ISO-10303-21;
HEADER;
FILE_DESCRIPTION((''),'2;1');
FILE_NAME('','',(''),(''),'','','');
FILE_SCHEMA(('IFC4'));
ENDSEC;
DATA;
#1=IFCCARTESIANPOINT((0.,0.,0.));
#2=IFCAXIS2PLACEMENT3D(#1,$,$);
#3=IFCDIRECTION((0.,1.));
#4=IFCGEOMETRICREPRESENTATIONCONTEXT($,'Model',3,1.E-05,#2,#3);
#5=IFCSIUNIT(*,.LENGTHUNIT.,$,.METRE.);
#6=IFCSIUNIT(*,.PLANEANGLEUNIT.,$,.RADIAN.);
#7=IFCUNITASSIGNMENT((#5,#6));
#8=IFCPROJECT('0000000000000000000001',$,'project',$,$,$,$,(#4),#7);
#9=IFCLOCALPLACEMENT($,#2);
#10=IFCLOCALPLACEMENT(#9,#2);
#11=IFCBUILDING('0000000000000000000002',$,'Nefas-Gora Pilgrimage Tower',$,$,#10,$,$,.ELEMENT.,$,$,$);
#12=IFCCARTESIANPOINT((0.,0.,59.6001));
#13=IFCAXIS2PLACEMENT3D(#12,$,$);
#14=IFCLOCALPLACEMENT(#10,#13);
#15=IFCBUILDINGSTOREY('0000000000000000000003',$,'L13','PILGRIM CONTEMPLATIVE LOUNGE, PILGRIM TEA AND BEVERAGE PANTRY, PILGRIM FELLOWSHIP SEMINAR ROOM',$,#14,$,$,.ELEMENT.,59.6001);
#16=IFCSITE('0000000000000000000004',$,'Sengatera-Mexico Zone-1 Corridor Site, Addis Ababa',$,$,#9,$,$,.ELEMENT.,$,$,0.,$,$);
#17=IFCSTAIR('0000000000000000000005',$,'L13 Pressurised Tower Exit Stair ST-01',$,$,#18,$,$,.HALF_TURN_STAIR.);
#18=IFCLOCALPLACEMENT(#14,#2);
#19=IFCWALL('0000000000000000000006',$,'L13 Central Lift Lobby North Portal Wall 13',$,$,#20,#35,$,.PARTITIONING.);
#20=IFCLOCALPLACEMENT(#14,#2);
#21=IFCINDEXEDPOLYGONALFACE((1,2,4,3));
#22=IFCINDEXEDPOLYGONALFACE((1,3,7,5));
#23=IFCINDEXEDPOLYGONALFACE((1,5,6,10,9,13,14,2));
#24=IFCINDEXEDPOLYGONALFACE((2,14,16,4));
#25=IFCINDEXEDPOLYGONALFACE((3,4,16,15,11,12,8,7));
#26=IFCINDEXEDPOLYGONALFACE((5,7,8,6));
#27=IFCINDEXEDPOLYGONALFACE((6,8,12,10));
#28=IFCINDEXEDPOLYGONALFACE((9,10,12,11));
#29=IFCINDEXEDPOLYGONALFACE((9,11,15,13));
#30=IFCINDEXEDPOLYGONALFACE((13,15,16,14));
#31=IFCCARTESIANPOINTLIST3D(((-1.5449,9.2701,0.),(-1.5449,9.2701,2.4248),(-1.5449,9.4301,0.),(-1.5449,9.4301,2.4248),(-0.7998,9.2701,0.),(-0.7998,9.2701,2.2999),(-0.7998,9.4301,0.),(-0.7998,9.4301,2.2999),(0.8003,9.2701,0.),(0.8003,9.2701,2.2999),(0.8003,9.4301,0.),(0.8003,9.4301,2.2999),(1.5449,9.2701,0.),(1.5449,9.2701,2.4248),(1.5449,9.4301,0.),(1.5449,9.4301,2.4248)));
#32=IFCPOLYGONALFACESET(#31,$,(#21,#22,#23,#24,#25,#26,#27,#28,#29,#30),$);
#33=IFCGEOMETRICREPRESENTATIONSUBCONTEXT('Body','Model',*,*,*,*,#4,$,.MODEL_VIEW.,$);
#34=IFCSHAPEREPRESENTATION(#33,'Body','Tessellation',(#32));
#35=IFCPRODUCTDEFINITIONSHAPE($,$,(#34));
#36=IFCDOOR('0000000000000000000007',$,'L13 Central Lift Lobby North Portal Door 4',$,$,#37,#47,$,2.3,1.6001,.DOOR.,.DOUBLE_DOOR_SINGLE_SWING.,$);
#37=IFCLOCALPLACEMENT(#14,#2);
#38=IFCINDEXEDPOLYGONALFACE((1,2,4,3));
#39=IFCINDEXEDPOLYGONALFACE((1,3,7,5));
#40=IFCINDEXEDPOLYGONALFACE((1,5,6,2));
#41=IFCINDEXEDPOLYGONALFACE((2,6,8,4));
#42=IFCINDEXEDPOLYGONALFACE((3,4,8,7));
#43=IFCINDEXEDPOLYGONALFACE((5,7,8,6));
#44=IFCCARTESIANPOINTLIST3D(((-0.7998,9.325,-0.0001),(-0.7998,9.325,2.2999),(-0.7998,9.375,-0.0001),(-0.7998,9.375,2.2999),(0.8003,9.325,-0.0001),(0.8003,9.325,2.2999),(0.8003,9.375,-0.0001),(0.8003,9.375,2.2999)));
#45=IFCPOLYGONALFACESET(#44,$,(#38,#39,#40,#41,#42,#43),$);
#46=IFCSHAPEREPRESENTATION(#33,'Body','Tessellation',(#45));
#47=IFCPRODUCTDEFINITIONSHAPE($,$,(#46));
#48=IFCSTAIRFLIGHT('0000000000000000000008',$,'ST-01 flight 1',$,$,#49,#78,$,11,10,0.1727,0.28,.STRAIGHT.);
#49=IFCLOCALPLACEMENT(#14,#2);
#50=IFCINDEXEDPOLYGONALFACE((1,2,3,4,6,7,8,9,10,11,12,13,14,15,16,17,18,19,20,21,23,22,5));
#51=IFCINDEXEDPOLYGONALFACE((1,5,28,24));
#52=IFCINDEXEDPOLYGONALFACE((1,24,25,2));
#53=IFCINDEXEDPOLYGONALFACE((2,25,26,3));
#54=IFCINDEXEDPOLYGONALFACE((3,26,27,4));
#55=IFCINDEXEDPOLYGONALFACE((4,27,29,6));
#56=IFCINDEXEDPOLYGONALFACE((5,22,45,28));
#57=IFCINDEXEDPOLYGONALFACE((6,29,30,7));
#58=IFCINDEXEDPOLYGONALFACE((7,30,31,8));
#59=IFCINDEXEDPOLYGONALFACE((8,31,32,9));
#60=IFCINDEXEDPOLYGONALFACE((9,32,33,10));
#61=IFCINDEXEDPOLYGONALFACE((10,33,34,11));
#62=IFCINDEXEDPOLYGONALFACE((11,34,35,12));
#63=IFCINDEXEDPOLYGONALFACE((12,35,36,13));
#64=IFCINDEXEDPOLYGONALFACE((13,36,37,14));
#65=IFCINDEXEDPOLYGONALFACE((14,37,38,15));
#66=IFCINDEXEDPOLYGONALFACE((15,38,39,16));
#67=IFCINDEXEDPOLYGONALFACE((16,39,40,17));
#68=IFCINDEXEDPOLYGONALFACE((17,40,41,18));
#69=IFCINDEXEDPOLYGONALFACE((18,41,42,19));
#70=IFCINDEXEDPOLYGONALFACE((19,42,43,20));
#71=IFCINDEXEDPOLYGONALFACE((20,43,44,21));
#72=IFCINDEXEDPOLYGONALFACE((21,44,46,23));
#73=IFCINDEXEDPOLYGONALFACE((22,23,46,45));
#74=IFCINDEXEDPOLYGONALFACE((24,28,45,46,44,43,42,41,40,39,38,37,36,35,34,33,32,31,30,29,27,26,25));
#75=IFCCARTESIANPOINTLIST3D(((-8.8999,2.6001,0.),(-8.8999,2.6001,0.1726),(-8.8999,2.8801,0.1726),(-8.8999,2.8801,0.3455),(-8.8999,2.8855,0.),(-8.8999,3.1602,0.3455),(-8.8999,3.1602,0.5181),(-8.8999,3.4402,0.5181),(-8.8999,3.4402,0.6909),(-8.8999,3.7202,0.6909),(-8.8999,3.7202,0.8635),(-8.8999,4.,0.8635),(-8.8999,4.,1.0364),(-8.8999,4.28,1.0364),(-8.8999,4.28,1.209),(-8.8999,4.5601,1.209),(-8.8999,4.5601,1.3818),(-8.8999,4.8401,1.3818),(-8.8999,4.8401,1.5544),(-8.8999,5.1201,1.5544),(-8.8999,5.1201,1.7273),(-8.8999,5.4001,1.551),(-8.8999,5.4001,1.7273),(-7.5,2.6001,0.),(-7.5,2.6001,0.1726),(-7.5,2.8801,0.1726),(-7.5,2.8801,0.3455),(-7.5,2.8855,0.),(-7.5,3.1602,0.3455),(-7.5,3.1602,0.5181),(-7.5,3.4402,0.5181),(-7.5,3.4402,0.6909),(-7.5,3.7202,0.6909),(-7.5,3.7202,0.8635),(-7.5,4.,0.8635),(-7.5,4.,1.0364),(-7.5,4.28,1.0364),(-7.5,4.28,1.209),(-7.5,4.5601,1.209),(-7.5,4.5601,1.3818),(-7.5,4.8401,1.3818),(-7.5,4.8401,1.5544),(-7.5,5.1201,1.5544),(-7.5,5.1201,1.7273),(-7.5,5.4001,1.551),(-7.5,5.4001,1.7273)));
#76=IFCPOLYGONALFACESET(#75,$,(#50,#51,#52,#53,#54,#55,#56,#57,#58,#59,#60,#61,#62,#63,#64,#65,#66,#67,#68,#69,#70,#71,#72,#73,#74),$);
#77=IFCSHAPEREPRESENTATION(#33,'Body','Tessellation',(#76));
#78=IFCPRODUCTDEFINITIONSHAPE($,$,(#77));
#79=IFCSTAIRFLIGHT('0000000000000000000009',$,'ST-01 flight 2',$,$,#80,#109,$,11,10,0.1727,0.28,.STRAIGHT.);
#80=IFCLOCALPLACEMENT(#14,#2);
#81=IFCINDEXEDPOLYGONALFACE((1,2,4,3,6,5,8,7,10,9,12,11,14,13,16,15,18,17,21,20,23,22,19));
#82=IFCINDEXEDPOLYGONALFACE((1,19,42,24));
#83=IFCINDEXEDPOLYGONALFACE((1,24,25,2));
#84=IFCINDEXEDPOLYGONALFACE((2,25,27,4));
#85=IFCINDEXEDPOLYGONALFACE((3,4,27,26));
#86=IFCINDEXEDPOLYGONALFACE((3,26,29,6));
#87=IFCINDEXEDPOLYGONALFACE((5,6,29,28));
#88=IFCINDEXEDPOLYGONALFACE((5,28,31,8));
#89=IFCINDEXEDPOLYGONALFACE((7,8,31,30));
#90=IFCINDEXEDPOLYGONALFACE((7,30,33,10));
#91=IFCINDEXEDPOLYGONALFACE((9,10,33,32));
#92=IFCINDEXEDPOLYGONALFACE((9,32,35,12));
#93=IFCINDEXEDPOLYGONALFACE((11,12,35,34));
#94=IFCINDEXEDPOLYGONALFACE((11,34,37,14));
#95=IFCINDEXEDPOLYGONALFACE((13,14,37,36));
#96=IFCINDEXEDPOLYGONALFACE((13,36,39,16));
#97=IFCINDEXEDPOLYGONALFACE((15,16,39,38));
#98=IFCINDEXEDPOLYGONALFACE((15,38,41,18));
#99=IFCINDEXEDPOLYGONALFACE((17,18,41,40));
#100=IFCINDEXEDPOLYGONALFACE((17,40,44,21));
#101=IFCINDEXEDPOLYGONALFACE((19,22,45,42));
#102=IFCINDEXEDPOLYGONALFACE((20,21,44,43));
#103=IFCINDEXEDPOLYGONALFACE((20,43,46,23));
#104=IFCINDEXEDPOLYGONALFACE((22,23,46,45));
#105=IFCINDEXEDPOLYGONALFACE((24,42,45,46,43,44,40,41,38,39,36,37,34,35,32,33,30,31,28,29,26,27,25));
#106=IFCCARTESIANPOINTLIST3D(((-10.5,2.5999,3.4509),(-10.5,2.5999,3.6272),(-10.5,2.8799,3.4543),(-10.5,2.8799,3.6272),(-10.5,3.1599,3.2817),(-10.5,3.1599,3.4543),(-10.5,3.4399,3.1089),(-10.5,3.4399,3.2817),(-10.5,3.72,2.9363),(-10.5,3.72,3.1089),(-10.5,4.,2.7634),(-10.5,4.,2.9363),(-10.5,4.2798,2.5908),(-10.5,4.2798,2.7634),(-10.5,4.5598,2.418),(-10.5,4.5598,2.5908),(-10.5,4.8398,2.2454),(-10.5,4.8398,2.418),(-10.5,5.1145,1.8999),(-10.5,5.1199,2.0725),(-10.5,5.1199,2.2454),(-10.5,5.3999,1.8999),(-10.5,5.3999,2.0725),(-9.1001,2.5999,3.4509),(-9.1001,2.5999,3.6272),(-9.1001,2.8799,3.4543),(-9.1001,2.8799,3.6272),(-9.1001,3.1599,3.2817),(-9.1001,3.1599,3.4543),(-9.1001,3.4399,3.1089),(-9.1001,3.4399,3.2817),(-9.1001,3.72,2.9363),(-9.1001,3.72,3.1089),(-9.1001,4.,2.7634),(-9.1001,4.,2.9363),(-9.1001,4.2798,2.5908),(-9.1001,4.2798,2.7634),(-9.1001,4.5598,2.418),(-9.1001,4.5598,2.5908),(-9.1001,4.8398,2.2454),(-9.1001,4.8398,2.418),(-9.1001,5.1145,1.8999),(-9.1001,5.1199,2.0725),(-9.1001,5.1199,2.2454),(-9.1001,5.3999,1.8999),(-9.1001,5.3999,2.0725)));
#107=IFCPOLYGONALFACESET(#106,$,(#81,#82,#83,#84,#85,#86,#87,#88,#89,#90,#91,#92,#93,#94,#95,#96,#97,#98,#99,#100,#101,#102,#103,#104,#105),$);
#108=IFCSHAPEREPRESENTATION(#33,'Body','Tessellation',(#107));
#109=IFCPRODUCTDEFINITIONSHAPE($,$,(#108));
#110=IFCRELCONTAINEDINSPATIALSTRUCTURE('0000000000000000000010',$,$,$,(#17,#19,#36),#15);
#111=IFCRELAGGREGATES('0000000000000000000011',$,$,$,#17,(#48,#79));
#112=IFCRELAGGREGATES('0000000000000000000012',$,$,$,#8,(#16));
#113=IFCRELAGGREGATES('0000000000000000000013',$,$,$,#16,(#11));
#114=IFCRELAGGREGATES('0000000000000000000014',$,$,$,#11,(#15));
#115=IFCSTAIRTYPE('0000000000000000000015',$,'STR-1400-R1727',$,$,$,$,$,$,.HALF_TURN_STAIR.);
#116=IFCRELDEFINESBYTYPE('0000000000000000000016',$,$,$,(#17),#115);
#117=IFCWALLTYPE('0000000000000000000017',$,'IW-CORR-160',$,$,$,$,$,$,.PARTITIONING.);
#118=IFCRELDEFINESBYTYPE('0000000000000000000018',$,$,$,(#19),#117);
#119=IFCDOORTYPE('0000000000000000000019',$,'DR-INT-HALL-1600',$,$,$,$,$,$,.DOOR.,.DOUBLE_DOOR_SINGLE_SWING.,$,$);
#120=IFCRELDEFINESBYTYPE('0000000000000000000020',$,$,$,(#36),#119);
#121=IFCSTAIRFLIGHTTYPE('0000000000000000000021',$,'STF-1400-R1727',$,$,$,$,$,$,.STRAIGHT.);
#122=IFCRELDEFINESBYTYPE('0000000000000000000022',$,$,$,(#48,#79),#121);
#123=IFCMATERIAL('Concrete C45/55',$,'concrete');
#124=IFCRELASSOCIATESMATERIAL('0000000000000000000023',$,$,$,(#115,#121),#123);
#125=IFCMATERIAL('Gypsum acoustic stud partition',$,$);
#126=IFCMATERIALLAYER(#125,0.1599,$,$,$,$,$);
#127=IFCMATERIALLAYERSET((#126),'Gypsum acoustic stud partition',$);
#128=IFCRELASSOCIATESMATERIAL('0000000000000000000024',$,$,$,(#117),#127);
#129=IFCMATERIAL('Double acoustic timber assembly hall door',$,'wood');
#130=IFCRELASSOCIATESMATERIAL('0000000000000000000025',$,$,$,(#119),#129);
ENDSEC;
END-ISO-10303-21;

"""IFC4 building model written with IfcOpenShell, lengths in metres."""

from ifc_helpers import new_model, si_unit, direction, frame, frame_2d, origin, place, context, subcontext, project, spatial, polyline, rectangle, outline, extrude, source, transform, mapped, material, layer, layer_set, type_object, element, fill, aggregate, save


model = new_model("IFC4")

# Units and contexts
model_context = context("Model", 3, precision=1e-05, world=origin(), true_north=direction((0.0, 1.0)))
body_context = subcontext(model_context, "Body", "Model", "MODEL_VIEW")
ifc_project = project(units=[si_unit("LENGTHUNIT", "METRE"), si_unit("PLANEANGLEUNIT", "RADIAN")], contexts=[model_context])

# Site, building, storey
site_placement = place(None, origin())
site = spatial("IfcSite", under=ifc_project, at=site_placement, Name="Sengatera-Mexico Zone-1 Corridor Site, Addis Ababa", CompositionType="ELEMENT", RefElevation=0.0)
building_placement = place(site_placement, origin())
building = spatial("IfcBuilding", under=site, at=building_placement, Name="Nefas-Gora Pilgrimage Tower", CompositionType="ELEMENT")
storey_placement = place(building_placement, frame((0.0, 0.0, 59.6001)))
storey = spatial("IfcBuildingStorey", under=building, at=storey_placement, Name="L13", Description="PILGRIM CONTEMPLATIVE LOUNGE, PILGRIM TEA AND BEVERAGE PANTRY, PILGRIM FELLOWSHIP SEMINAR ROOM", CompositionType="ELEMENT", Elevation=59.6001)

# Stair
ifc_material_1 = material(Name="Concrete C45/55", Category="concrete")
stair_type = type_object("IfcStairType", Name="STR-1400-R1727", PredefinedType="HALF_TURN_STAIR", material=ifc_material_1)
stair_1_placement = place(storey_placement, origin())
stair_1 = element("IfcStair", 1, at=stair_1_placement, inside=storey, type_object=stair_type, Name="L13 Pressurised Tower Exit Stair ST-01", PredefinedType="HALF_TURN_STAIR")

# Shared definitions
ifc_material_2 = material(Name="Gypsum acoustic stud partition")
ifc_layer_1 = layer(ifc_material_2, 0.1599)
ifc_layer_set_1 = layer_set([ifc_layer_1], Name="Gypsum acoustic stud partition")
wall_type_1 = type_object("IfcWallType", Name="IW-CORR-160", PredefinedType="PARTITIONING", material=ifc_layer_set_1)

# Wall, opening, door
shared_shape_1 = source(origin(), body_context, "Body", "SweptSolid", [
    extrude(rectangle(XDim=3.0898, YDim=0.1599, at=frame_2d((1.5449, 0.0))), origin(), (0.0, 0.0, 1.0), 2.4248),
])
wall_1_placement = place(storey_placement, frame((-1.5449, 9.3501, 0.0), z_axis=(0.0, 0.0, 1.0), x_axis=(1.0, 0.0, 0.0)))
wall_1 = element("IfcWall", 2, at=wall_1_placement, inside=storey, type_object=wall_type_1, Name="L13 Central Lift Lobby North Portal Wall 13", PredefinedType="PARTITIONING", context=body_context, shape_type="MappedRepresentation", body=[
    mapped(shared_shape_1, transform((0.0, 0.0, 0.0), x_axis=(1.0, 0.0, 0.0), y_axis=(0.0, 1.0, 0.0), z_axis=(0.0, 0.0, 1.0), scale=1.0)),
])
opening_1_placement = place(wall_1_placement, frame((0.7451, 0.0, 0.0)))
opening_1 = element("IfcOpeningElement", 3, at=opening_1_placement, cuts=wall_1, PredefinedType="OPENING", context=body_context, shape_type="SweptSolid", body=[
    extrude(rectangle(XDim=1.6001, YDim=2.3, at=frame_2d((0.8, 1.1499))), frame((0.0, 0.0898, 0.0), z_axis=(0.0, -1.0, 0.0), x_axis=(1.0, 0.0, 0.0)), (0.0, 0.0, 1.0), 0.1799),
])
ifc_material_3 = material(Name="Double acoustic timber assembly hall door", Category="wood")
door_type_1 = type_object("IfcDoorType", Name="DR-INT-HALL-1600", OperationType="DOUBLE_DOOR_SINGLE_SWING", PredefinedType="DOOR", material=ifc_material_3)
shared_shape_2 = source(origin(), body_context, "Body", "SweptSolid", [
    extrude(rectangle(XDim=1.6001, YDim=2.3, at=frame_2d((0.8, 1.1499))), frame((0.0, 0.0249, 0.0), z_axis=(0.0, -1.0, 0.0), x_axis=(1.0, 0.0, 0.0)), (0.0, 0.0, 1.0), 0.05),
])
door_1_placement = place(opening_1_placement, origin())
door_1 = element("IfcDoor", 4, at=door_1_placement, inside=storey, type_object=door_type_1, Name="L13 Central Lift Lobby North Portal Door 4", OperationType="DOUBLE_DOOR_SINGLE_SWING", OverallHeight=2.3, OverallWidth=1.6001, PredefinedType="DOOR", context=body_context, shape_type="MappedRepresentation", body=[
    mapped(shared_shape_2, transform((0.0, 0.0, 0.0), x_axis=(1.0, 0.0, 0.0), y_axis=(0.0, 1.0, 0.0), z_axis=(0.0, 0.0, 1.0), scale=1.0)),
])
fill(opening_1, door_1)

# Stair flights
stair_flight_type = type_object("IfcStairFlightType", Name="STF-1400-R1727", PredefinedType="STRAIGHT", material=ifc_material_1)
shared_shape_3 = source(origin(), body_context, "Body", "SweptSolid", [
    extrude(outline(polyline([(0.0, 0.0), (0.0, 0.1726), (0.28, 0.1726), (0.28, 0.3455), (0.5601, 0.3455), (0.5601, 0.5181), (0.8401, 0.5181), (0.8401, 0.6909), (1.1201, 0.6909), (1.1201, 0.8635), (1.3999, 0.8635), (1.3999, 1.0364), (1.6799, 1.0364), (1.6799, 1.209), (1.96, 1.209), (1.96, 1.3818), (2.24, 1.3818), (2.24, 1.5544), (2.52, 1.5544), (2.52, 1.7273), (2.8, 1.7273), (2.8, 1.8999), (2.8, 1.551), (0.2854, 0.0), (0.0, 0.0)])), frame((0.0, 0.7, 0.0), z_axis=(0.0, -1.0, 0.0), x_axis=(1.0, 0.0, 0.0)), (0.0, 0.0, 1.0), 1.3999),
])
stair_flight_1_placement = place(storey_placement, frame((-8.2, 2.6001, 0.0), z_axis=(0.0, 0.0, 1.0), x_axis=(0.0, 1.0, 0.0)))
stair_flight_1 = element("IfcStairFlight", 5, at=stair_flight_1_placement, type_object=stair_flight_type, Name="ST-01 flight 1", NumberOfRisers=11, NumberOfTreads=10, PredefinedType="STRAIGHT", RiserHeight=0.1727, TreadLength=0.28, context=body_context, shape_type="MappedRepresentation", body=[
    mapped(shared_shape_3, transform((0.0, 0.0, 0.0), x_axis=(1.0, 0.0, 0.0), y_axis=(0.0, 1.0, 0.0), z_axis=(0.0, 0.0, 1.0), scale=1.0)),
])
stair_flight_2_placement = place(storey_placement, frame((-9.8, 5.3999, 1.8999), z_axis=(0.0, 0.0, 1.0), x_axis=(0.0, -1.0, 0.0)))
stair_flight_2 = element("IfcStairFlight", 6, at=stair_flight_2_placement, type_object=stair_flight_type, Name="ST-01 flight 2", NumberOfRisers=11, NumberOfTreads=10, PredefinedType="STRAIGHT", RiserHeight=0.1727, TreadLength=0.28, context=body_context, shape_type="MappedRepresentation", body=[
    mapped(shared_shape_3, transform((0.0, 0.0, 0.0), x_axis=(1.0, 0.0, 0.0), y_axis=(0.0, 1.0, 0.0), z_axis=(0.0, 0.0, 1.0), scale=1.0)),
])
aggregate(stair_1, [stair_flight_1, stair_flight_2])

save(model, "model.ifc")
